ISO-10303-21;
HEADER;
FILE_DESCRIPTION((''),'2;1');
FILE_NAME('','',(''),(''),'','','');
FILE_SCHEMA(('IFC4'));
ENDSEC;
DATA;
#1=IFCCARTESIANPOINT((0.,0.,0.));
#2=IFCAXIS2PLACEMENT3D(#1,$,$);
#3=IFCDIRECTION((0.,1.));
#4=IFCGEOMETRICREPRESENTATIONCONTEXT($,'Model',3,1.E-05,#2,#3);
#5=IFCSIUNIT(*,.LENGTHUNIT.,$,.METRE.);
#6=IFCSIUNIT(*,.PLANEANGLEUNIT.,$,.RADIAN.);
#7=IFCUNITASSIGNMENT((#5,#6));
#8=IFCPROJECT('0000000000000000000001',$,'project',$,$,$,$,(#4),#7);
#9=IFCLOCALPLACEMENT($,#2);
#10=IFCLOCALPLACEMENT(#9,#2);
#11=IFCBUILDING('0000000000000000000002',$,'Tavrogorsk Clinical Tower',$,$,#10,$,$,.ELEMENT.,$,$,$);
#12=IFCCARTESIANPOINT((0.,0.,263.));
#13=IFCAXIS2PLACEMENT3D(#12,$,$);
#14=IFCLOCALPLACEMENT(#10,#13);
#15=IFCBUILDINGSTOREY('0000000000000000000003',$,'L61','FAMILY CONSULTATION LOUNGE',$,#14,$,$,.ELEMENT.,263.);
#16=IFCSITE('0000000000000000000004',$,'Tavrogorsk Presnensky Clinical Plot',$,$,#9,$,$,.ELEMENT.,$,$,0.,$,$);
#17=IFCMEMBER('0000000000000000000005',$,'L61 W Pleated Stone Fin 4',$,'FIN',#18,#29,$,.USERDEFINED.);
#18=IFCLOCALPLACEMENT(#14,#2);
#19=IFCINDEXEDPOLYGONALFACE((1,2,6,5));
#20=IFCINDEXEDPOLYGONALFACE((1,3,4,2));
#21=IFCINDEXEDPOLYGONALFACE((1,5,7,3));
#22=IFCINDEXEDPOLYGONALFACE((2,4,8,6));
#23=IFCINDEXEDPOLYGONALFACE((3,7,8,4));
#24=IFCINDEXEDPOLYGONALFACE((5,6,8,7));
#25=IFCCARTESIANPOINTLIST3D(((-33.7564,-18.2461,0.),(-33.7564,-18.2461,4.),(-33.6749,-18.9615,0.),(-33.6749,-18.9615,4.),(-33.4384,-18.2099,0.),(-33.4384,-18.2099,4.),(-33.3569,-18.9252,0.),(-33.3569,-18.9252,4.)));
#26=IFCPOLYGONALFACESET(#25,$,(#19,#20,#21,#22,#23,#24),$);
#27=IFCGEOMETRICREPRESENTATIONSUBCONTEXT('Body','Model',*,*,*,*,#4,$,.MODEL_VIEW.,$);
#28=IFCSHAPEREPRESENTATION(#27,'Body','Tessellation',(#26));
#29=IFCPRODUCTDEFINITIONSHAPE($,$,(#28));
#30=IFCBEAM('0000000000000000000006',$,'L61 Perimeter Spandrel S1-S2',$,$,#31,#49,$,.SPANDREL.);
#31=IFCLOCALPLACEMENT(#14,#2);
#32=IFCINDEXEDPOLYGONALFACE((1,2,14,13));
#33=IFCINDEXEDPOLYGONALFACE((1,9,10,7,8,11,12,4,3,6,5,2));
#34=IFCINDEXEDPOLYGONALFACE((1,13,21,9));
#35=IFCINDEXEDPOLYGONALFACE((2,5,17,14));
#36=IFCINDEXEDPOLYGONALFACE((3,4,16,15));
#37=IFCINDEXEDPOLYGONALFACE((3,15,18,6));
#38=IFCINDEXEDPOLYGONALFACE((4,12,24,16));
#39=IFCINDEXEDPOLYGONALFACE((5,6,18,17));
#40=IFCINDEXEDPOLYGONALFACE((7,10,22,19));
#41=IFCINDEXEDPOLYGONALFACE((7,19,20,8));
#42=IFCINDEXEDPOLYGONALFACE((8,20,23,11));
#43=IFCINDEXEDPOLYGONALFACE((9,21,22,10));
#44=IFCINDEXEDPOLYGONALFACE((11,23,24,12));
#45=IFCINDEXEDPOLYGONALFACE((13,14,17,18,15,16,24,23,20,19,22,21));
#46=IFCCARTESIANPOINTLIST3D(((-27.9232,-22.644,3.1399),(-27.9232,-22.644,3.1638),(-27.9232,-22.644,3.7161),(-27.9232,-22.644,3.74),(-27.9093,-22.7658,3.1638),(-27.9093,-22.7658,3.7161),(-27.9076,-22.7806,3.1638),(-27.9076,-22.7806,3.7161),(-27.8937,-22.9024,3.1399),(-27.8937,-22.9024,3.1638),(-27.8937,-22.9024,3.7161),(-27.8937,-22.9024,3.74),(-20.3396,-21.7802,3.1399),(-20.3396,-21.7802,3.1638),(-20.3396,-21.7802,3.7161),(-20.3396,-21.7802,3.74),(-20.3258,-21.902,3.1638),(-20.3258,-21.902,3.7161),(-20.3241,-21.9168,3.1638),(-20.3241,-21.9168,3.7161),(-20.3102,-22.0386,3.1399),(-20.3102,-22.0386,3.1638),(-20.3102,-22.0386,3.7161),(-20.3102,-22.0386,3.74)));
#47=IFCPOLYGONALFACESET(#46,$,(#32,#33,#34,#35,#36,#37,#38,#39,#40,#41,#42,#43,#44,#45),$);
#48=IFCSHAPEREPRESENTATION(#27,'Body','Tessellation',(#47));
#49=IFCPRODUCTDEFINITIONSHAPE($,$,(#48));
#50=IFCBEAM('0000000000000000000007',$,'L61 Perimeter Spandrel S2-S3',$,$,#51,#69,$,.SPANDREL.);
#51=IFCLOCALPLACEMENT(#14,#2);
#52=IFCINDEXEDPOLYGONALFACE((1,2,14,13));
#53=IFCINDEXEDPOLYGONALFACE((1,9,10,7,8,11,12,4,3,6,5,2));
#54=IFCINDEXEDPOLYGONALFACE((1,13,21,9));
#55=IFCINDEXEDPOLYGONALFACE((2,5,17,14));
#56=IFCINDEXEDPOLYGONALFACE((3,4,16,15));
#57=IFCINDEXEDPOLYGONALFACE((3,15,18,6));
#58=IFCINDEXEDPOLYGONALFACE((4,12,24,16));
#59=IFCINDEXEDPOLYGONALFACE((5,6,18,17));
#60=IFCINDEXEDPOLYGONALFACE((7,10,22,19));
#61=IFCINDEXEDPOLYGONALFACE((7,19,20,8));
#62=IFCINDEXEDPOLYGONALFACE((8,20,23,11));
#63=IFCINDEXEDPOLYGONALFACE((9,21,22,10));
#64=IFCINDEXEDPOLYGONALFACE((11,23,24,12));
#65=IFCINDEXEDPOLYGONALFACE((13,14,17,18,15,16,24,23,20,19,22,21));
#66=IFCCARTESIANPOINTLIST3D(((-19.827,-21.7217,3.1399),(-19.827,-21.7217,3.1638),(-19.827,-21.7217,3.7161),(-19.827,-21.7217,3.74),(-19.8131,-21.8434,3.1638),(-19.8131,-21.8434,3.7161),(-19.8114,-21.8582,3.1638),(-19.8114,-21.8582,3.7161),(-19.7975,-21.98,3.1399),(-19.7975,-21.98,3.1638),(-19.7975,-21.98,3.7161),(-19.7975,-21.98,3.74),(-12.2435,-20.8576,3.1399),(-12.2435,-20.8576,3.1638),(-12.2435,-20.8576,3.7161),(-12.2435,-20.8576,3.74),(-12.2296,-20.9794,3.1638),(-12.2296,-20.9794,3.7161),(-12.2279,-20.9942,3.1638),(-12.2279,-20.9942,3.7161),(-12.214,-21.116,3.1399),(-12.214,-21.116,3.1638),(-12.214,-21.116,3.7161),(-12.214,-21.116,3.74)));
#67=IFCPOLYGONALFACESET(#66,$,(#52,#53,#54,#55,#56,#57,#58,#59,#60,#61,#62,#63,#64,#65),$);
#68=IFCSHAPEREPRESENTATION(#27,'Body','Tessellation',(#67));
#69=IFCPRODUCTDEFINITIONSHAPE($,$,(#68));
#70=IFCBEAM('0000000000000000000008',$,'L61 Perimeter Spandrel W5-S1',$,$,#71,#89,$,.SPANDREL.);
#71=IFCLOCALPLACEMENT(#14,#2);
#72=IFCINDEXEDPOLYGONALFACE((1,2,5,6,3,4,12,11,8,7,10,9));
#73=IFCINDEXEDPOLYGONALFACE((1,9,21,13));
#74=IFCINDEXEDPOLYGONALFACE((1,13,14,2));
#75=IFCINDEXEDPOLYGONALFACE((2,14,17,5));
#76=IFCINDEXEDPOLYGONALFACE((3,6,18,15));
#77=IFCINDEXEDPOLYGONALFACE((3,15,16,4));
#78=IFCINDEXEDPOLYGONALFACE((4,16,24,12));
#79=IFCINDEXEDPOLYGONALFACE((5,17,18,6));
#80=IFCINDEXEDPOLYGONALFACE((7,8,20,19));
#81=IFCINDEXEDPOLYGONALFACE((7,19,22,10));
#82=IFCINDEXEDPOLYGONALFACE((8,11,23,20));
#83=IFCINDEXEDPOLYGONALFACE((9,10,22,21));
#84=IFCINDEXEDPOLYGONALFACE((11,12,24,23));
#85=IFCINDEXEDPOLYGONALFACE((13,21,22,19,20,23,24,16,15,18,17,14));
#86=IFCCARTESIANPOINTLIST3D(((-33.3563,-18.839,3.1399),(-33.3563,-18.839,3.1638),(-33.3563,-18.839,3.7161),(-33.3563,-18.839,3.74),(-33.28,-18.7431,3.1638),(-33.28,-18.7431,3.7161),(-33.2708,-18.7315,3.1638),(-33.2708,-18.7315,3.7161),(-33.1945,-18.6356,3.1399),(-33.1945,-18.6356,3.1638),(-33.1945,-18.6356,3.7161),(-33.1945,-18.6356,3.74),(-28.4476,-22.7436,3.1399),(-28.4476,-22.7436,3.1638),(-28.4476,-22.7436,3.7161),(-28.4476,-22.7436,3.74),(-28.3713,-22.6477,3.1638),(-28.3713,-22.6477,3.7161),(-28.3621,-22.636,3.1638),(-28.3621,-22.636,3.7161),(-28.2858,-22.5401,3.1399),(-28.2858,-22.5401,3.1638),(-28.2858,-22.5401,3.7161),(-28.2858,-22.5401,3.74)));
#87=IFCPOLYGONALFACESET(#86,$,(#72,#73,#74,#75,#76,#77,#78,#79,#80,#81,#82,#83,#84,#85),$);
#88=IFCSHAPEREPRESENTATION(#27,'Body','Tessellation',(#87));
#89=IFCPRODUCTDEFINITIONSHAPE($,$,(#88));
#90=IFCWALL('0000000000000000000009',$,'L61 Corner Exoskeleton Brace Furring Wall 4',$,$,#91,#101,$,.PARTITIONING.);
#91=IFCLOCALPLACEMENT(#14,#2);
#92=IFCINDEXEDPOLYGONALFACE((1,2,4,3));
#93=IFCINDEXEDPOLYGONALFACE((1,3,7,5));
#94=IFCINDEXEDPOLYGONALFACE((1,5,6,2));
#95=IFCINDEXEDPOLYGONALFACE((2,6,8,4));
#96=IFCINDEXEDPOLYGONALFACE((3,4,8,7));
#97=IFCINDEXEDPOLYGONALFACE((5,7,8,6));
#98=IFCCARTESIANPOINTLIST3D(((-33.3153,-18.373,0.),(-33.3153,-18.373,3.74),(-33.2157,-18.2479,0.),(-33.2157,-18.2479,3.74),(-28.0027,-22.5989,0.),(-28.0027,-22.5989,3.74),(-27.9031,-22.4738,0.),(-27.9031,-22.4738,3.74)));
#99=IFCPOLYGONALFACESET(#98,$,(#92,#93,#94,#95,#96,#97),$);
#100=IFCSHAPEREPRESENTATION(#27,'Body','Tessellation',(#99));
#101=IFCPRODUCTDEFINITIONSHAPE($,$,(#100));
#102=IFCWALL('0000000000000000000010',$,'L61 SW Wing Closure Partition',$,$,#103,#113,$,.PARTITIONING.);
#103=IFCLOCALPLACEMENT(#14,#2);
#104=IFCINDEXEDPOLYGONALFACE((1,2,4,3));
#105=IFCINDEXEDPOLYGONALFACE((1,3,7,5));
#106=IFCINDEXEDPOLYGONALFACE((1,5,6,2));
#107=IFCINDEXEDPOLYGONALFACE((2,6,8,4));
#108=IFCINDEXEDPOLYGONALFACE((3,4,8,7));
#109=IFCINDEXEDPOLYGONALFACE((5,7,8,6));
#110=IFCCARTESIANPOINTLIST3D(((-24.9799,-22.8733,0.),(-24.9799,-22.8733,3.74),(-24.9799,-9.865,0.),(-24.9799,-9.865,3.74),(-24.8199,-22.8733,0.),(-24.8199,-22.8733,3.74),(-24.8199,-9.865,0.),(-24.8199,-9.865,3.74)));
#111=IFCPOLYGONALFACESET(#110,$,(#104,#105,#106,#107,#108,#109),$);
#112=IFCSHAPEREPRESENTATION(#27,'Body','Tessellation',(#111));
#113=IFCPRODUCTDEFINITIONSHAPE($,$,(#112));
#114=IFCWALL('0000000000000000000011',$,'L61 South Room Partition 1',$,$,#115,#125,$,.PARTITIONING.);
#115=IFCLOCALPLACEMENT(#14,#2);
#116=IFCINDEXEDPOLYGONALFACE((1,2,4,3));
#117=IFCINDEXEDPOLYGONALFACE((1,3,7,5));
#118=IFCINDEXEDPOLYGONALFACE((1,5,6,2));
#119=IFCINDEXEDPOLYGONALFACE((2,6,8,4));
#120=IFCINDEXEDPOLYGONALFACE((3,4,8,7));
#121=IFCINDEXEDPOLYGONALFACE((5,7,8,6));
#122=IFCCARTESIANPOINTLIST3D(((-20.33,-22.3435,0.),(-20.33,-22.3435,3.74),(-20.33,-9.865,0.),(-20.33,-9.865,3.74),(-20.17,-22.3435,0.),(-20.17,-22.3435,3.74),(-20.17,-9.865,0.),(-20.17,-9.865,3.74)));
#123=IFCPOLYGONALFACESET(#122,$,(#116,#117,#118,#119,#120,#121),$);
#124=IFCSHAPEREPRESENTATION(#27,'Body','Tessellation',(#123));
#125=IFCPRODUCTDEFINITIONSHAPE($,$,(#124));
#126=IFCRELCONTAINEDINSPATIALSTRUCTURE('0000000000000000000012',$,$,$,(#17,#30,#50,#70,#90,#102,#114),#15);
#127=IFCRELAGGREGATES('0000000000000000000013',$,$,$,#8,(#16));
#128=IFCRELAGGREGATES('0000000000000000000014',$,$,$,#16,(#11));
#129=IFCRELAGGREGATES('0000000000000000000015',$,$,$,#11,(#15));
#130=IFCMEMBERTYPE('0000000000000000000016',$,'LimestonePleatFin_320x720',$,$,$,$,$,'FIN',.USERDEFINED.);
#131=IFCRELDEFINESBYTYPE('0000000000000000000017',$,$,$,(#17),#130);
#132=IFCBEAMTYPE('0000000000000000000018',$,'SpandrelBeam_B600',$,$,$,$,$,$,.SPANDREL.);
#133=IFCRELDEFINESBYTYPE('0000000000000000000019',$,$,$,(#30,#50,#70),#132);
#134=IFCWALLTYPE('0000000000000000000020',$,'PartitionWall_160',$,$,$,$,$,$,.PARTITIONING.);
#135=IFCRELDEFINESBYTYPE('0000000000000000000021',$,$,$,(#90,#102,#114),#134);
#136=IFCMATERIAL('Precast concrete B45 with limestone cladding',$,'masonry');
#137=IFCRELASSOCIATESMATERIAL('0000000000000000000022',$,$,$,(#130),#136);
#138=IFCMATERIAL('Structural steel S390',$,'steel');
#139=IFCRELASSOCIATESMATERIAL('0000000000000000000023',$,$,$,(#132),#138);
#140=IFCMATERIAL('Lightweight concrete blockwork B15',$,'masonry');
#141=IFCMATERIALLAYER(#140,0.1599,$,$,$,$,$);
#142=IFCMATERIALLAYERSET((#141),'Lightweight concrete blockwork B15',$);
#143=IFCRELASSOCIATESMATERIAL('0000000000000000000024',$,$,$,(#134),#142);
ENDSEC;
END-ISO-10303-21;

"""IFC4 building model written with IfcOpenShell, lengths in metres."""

from ifc_helpers import new_model, si_unit, direction, frame, frame_2d, origin, origin_2d, place, context, subcontext, project, spatial, rectangle, i_section, extrude, material, layer, layer_set, material_profile, profile_set, type_object, element, save


model = new_model("IFC4")

# Units and contexts
model_context = context("Model", 3, precision=1e-05, world=origin(), true_north=direction((0.0, 1.0)))
body_context = subcontext(model_context, "Body", "Model", "MODEL_VIEW")
ifc_project = project(units=[si_unit("LENGTHUNIT", "METRE"), si_unit("PLANEANGLEUNIT", "RADIAN")], contexts=[model_context])

# Site, building, storey
site_placement = place(None, origin())
site = spatial("IfcSite", under=ifc_project, at=site_placement, Name="Tavrogorsk Presnensky Clinical Plot", CompositionType="ELEMENT", RefElevation=0.0)
building_placement = place(site_placement, origin())
building = spatial("IfcBuilding", under=site, at=building_placement, Name="Tavrogorsk Clinical Tower", CompositionType="ELEMENT")
storey_placement = place(building_placement, frame((0.0, 0.0, 263.0)))
storey = spatial("IfcBuildingStorey", under=building, at=storey_placement, Name="L61", Description="FAMILY CONSULTATION LOUNGE", CompositionType="ELEMENT", Elevation=263.0)

# Member
ifc_material_1 = material(Name="Precast concrete B45 with limestone cladding", Category="masonry")
ifc_material_profile_1 = material_profile(ifc_material_1, rectangle(XDim=0.3201, YDim=0.72, at=origin_2d()), Name="LIMESTONE-FIN-320x720")
ifc_profile_set_1 = profile_set([ifc_material_profile_1], Name="Precast concrete B45 with limestone cladding")
member_type_1 = type_object("IfcMemberType", Name="LimestonePleatFin_320x720", ElementType="FIN", PredefinedType="USERDEFINED", material=ifc_profile_set_1)
member_1_placement = place(storey_placement, frame((-33.5566, -18.5857, 0.0), z_axis=(0.0, 0.0, 1.0), x_axis=(0.993572, 0.113203, 0.0)))
element("IfcMember", 1, at=member_1_placement, inside=storey, type_object=member_type_1, Name="L61 W Pleated Stone Fin 4", ObjectType="FIN", PredefinedType="USERDEFINED", context=body_context, shape_type="SweptSolid", body=[
    extrude(rectangle(XDim=0.3201, YDim=0.72, at=origin_2d()), origin(), (0.0, 0.0, 1.0), 4.0),
])

# Beams
ifc_material_2 = material(Name="Structural steel S390", Category="steel")
ifc_material_profile_2 = material_profile(ifc_material_2, i_section(OverallWidth=0.26, OverallDepth=0.6001, WebThickness=0.0149, FlangeThickness=0.0239, at=origin_2d()), Name="B-600x260x15x24")
ifc_profile_set_2 = profile_set([ifc_material_profile_2], Name="Structural steel S390")
beam_type_1 = type_object("IfcBeamType", Name="SpandrelBeam_B600", PredefinedType="SPANDREL", material=ifc_profile_set_2)
for number, where, z_axis, x_axis, name in (
    (2, (-27.9084, -22.7732, 3.4399), (0.993576, 0.113169, 0.0), (-0.113169, 0.993576, 0.0), "L61 Perimeter Spandrel S1-S2"),
    (3, (-19.8123, -21.8508, 3.4399), (0.993572, 0.113201, 0.0), (-0.113201, 0.993572, 0.0), "L61 Perimeter Spandrel S2-S3"),
):
    element("IfcBeam", number, at=place(storey_placement, frame(where, z_axis=z_axis, x_axis=x_axis)), inside=storey, type_object=beam_type_1, Name=name, PredefinedType="SPANDREL", context=body_context, shape_type="SweptSolid", body=[
        extrude(i_section(OverallWidth=0.26, OverallDepth=0.6001, WebThickness=0.0149, FlangeThickness=0.0239, at=origin_2d()), origin(), (0.0, 0.0, 1.0), 7.6326),
    ])
beam_1_placement = place(storey_placement, frame((-33.2754, -18.7373, 3.4399), z_axis=(0.782609, -0.622514, 0.0), x_axis=(0.622514, 0.782609, 0.0)))
element("IfcBeam", 4, at=beam_1_placement, inside=storey, type_object=beam_type_1, Name="L61 Perimeter Spandrel W5-S1", PredefinedType="SPANDREL", context=body_context, shape_type="SweptSolid", body=[
    extrude(i_section(OverallWidth=0.26, OverallDepth=0.6001, WebThickness=0.0149, FlangeThickness=0.0239, at=origin_2d()), origin(), (0.0, 0.0, 1.0), 6.2722),
])

# Walls
ifc_material_3 = material(Name="Lightweight concrete blockwork B15", Category="masonry")
ifc_layer_1 = layer(ifc_material_3, 0.1599)
ifc_layer_set_1 = layer_set([ifc_layer_1], Name="Lightweight concrete blockwork B15")
wall_type_1 = type_object("IfcWallType", Name="PartitionWall_160", PredefinedType="PARTITIONING", material=ifc_layer_set_1)
wall_1_placement = place(storey_placement, frame((-33.2654, -18.3105, 0.0), z_axis=(0.0, 0.0, 1.0), x_axis=(0.782603, -0.622522, 0.0)))
element("IfcWall", 5, at=wall_1_placement, inside=storey, type_object=wall_type_1, Name="L61 Corner Exoskeleton Brace Furring Wall 4", PredefinedType="PARTITIONING", context=body_context, shape_type="SweptSolid", body=[
    extrude(rectangle(XDim=6.7883, YDim=0.1599, at=frame_2d((3.394, 0.0))), origin(), (0.0, 0.0, 1.0), 3.74),
])
wall_2_placement = place(storey_placement, frame((-24.8999, -22.8733, 0.0), z_axis=(0.0, 0.0, 1.0), x_axis=(0.0, 1.0, 0.0)))
element("IfcWall", 6, at=wall_2_placement, inside=storey, type_object=wall_type_1, Name="L61 SW Wing Closure Partition", PredefinedType="PARTITIONING", context=body_context, shape_type="SweptSolid", body=[
    extrude(rectangle(XDim=13.0083, YDim=0.1599, at=frame_2d((6.5042, 0.0))), origin(), (0.0, 0.0, 1.0), 3.74),
])
wall_3_placement = place(storey_placement, frame((-20.25, -22.3435, 0.0), z_axis=(0.0, 0.0, 1.0), x_axis=(0.0, 1.0, 0.0)))
element("IfcWall", 7, at=wall_3_placement, inside=storey, type_object=wall_type_1, Name="L61 South Room Partition 1", PredefinedType="PARTITIONING", context=body_context, shape_type="SweptSolid", body=[
    extrude(rectangle(XDim=12.4785, YDim=0.1599, at=frame_2d((6.2393, 0.0))), origin(), (0.0, 0.0, 1.0), 3.74),
])

save(model, "model.ifc")
